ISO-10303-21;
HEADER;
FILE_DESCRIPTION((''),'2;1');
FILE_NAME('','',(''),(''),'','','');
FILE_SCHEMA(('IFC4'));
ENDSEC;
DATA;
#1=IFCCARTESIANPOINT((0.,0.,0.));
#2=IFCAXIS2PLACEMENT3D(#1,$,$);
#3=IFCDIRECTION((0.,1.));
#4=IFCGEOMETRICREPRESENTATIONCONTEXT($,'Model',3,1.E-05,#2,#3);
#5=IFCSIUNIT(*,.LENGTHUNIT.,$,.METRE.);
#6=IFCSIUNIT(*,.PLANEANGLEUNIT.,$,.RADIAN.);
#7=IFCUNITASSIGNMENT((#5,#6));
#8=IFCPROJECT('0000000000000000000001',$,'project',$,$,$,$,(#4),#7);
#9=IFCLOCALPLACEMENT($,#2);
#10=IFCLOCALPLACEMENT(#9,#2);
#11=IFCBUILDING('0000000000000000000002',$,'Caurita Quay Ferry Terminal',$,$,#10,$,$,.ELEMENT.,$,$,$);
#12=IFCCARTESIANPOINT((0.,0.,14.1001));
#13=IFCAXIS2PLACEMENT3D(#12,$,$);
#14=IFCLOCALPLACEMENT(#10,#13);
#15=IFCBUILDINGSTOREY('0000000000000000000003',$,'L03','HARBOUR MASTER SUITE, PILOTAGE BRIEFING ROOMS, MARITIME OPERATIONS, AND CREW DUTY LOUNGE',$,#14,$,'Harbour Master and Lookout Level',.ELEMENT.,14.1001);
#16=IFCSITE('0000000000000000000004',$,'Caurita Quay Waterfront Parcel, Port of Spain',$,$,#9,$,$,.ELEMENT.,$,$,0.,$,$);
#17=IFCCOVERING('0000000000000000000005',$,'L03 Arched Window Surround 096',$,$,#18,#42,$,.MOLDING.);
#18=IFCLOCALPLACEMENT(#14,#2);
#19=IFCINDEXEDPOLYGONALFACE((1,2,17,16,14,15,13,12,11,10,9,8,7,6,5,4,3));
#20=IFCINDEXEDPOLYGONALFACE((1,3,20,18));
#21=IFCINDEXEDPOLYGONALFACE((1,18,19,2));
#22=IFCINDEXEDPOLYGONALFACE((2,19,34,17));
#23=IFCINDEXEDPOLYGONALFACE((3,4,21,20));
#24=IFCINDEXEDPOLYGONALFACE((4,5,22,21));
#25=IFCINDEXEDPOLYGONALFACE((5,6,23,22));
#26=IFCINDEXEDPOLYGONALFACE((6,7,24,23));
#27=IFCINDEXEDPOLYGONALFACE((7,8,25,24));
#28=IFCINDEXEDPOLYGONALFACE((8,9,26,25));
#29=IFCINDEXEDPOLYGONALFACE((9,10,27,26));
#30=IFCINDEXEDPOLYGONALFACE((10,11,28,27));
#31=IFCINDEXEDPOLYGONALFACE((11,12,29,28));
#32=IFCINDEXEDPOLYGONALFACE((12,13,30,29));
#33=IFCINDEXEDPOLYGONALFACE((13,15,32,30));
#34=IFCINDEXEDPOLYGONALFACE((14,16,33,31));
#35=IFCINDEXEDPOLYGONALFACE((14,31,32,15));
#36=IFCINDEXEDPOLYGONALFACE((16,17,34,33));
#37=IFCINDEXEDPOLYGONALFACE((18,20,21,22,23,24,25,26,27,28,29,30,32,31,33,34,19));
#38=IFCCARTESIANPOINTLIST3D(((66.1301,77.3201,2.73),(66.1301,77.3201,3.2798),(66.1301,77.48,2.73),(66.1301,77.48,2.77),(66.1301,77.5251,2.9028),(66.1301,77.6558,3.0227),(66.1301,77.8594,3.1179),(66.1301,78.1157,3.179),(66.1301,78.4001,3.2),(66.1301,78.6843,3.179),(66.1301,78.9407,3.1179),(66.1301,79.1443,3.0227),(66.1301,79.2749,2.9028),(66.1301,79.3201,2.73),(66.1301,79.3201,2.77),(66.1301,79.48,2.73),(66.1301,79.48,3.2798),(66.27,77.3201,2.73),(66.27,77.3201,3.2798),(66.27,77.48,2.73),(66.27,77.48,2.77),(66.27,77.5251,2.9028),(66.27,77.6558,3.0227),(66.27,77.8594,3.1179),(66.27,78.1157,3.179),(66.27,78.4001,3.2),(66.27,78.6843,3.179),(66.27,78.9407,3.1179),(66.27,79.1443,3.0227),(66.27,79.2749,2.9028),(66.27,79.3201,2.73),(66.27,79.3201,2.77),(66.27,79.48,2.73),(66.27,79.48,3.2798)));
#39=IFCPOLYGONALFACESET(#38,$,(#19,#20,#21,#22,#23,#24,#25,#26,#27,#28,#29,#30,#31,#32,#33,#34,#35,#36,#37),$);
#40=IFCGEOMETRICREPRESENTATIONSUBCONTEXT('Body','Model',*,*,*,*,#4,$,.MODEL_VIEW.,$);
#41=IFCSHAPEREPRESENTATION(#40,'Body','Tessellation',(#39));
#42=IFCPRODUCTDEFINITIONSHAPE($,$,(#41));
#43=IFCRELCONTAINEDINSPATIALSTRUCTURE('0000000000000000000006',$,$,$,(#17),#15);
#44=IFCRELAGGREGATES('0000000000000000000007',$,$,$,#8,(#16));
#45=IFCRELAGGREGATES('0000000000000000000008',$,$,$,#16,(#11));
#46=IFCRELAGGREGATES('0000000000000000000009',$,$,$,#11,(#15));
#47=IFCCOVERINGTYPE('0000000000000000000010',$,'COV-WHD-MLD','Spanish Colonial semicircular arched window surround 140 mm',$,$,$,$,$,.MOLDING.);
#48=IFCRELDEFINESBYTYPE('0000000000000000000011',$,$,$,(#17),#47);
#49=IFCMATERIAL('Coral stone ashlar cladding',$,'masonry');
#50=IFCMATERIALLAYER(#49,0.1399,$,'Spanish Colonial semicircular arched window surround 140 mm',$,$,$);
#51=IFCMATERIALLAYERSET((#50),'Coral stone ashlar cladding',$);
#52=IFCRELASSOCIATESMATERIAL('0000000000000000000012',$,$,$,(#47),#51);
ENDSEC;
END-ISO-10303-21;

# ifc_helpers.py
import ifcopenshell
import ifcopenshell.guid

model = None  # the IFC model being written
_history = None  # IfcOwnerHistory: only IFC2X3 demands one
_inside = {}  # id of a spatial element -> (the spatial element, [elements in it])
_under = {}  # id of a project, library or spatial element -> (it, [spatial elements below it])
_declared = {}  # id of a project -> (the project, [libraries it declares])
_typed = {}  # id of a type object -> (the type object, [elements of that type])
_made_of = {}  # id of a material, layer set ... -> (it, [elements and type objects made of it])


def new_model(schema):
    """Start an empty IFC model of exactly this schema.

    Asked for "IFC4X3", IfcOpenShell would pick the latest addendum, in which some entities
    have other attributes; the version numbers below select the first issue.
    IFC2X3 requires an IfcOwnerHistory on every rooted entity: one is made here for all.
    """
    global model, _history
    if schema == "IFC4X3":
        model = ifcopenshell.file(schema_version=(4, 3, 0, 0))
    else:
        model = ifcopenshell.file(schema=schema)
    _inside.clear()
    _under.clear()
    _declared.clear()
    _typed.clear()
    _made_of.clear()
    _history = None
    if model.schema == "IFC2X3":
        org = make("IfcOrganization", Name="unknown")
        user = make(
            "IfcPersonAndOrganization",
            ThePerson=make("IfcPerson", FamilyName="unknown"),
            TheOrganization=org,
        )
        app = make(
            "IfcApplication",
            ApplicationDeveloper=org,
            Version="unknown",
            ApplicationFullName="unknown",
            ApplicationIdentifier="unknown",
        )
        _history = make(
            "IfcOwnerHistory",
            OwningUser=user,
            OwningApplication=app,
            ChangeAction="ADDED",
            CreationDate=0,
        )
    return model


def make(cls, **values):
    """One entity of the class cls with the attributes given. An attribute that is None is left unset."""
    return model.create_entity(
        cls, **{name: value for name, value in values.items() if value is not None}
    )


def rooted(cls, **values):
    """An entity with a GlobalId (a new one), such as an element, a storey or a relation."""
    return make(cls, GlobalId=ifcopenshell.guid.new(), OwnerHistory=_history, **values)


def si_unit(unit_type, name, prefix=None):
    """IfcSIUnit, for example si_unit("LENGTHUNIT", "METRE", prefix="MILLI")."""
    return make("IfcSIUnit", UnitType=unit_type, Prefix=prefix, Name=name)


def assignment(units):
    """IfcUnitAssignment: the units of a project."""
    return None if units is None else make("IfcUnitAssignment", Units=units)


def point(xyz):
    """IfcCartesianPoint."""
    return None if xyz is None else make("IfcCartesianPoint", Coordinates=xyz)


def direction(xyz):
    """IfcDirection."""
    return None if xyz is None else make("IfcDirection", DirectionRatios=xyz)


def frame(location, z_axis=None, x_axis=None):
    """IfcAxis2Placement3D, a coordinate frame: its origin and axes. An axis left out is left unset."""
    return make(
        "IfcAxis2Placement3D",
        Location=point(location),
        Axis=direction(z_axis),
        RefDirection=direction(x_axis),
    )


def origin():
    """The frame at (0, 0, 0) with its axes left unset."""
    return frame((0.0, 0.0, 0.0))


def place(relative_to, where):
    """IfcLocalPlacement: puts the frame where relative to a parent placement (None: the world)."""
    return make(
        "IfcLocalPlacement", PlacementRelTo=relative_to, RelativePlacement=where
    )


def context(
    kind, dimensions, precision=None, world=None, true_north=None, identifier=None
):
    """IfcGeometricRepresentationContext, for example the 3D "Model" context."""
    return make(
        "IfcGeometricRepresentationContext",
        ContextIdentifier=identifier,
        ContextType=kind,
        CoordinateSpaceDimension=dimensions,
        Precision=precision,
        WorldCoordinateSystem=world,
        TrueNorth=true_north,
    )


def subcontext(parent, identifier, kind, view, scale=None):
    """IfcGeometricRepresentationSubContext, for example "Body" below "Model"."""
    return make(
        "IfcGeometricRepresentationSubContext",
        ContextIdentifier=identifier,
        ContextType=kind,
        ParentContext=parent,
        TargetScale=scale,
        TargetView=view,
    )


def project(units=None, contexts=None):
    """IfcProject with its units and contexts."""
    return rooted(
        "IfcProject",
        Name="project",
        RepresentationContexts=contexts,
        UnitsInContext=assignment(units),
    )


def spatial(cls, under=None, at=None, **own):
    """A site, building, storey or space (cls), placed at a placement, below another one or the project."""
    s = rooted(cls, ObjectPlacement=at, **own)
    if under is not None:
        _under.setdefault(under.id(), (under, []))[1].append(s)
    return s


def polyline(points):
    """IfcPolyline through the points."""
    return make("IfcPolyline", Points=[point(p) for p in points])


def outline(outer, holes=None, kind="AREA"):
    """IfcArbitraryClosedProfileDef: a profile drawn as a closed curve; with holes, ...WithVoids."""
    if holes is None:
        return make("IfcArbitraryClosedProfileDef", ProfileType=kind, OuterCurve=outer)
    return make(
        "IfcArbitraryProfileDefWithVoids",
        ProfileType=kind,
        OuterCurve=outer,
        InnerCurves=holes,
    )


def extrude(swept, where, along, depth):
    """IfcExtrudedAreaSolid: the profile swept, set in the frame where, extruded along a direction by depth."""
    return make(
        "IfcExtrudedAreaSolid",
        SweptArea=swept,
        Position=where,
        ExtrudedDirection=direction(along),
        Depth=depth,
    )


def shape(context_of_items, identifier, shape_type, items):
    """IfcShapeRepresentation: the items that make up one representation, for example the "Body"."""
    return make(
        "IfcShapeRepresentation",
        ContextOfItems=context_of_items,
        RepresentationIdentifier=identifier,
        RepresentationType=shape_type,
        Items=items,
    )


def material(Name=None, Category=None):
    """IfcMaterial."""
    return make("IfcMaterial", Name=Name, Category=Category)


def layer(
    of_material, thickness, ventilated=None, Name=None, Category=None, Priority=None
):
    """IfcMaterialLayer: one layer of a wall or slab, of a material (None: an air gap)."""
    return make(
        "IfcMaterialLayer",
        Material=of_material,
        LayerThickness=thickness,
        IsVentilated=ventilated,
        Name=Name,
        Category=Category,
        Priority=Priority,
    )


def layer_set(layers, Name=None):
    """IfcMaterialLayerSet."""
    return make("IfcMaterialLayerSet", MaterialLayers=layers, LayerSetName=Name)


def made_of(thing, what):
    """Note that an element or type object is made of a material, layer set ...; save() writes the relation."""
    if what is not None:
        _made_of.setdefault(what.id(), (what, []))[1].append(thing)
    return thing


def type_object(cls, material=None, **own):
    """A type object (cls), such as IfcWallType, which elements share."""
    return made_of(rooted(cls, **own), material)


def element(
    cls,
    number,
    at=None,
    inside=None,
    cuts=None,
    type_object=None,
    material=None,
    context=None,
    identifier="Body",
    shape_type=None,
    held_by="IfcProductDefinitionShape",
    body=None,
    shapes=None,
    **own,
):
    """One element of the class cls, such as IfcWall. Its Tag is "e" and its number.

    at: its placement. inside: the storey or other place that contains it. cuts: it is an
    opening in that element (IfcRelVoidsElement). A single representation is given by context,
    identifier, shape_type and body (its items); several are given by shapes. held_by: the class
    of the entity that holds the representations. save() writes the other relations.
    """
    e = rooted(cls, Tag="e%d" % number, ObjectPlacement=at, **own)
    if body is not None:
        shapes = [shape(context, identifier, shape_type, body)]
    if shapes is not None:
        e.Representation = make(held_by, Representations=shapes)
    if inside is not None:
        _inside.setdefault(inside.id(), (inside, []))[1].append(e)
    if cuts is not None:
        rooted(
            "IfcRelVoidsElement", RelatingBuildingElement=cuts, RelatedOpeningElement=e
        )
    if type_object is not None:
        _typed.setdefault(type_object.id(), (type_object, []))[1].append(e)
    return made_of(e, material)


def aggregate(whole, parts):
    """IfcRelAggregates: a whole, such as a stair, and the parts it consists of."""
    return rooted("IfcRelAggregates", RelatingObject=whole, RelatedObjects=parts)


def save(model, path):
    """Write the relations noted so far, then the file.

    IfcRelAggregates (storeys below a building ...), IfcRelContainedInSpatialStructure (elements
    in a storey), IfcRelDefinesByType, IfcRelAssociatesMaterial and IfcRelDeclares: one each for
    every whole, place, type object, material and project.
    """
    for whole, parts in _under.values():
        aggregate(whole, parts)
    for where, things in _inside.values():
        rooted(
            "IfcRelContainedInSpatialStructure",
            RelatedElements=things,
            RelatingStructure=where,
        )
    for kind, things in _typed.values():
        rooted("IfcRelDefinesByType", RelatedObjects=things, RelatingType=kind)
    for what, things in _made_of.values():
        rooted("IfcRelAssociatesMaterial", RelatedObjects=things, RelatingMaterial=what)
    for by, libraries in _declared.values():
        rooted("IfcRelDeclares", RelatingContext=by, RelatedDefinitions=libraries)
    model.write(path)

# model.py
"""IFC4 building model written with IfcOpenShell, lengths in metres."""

from ifc_helpers import new_model, si_unit, direction, frame, origin, place, context, subcontext, project, spatial, polyline, outline, extrude, material, layer, layer_set, type_object, element, save


model = new_model("IFC4")

# Units and contexts
model_context = context("Model", 3, precision=1e-05, world=origin(), true_north=direction((0.0, 1.0)))
body_context = subcontext(model_context, "Body", "Model", "MODEL_VIEW")
ifc_project = project(units=[si_unit("LENGTHUNIT", "METRE"), si_unit("PLANEANGLEUNIT", "RADIAN")], contexts=[model_context])

# Site, building, storey
site_placement = place(None, origin())
site = spatial("IfcSite", under=ifc_project, at=site_placement, Name="Caurita Quay Waterfront Parcel, Port of Spain", CompositionType="ELEMENT", RefElevation=0.0)
building_placement = place(site_placement, origin())
building = spatial("IfcBuilding", under=site, at=building_placement, Name="Caurita Quay Ferry Terminal", CompositionType="ELEMENT")
storey_placement = place(building_placement, frame((0.0, 0.0, 14.1001)))
storey = spatial("IfcBuildingStorey", under=building, at=storey_placement, Name="L03", Description="HARBOUR MASTER SUITE, PILOTAGE BRIEFING ROOMS, MARITIME OPERATIONS, AND CREW DUTY LOUNGE", LongName="Harbour Master and Lookout Level", CompositionType="ELEMENT", Elevation=14.1001)

# Covering
ifc_material_1 = material(Name="Coral stone ashlar cladding", Category="masonry")
ifc_layer_1 = layer(ifc_material_1, 0.1399, Name="Spanish Colonial semicircular arched window surround 140 mm")
ifc_layer_set_1 = layer_set([ifc_layer_1], Name="Coral stone ashlar cladding")
covering_type_1 = type_object("IfcCoveringType", Name="COV-WHD-MLD", Description="Spanish Colonial semicircular arched window surround 140 mm", PredefinedType="MOLDING", material=ifc_layer_set_1)
covering_1_placement = place(storey_placement, frame((66.2, 77.3201, 2.73), z_axis=(0.0, 0.0, 1.0), x_axis=(0.0, 1.0, 0.0)))
element("IfcCovering", 1, at=covering_1_placement, inside=storey, type_object=covering_type_1, Name="L03 Arched Window Surround 096", PredefinedType="MOLDING", context=body_context, shape_type="SweptSolid", body=[
    extrude(outline(polyline([(0.0, 0.0), (0.1599, 0.0), (0.1599, 0.04), (0.2051, 0.1729), (0.3357, 0.2927), (0.5393, 0.3879), (0.7957, 0.449), (1.0801, 0.47), (1.3643, 0.449), (1.6206, 0.3879), (1.8242, 0.2927), (1.9548, 0.1729), (2.0, 0.04), (2.0, 0.0), (2.1599, 0.0), (2.1599, 0.5498), (0.0, 0.5498), (0.0, 0.0)])), frame((0.0, 0.0698, 0.0), z_axis=(0.0, -1.0, 0.0), x_axis=(1.0, 0.0, 0.0)), (0.0, 0.0, 1.0), 0.1399),
])

save(model, "model.ifc")
